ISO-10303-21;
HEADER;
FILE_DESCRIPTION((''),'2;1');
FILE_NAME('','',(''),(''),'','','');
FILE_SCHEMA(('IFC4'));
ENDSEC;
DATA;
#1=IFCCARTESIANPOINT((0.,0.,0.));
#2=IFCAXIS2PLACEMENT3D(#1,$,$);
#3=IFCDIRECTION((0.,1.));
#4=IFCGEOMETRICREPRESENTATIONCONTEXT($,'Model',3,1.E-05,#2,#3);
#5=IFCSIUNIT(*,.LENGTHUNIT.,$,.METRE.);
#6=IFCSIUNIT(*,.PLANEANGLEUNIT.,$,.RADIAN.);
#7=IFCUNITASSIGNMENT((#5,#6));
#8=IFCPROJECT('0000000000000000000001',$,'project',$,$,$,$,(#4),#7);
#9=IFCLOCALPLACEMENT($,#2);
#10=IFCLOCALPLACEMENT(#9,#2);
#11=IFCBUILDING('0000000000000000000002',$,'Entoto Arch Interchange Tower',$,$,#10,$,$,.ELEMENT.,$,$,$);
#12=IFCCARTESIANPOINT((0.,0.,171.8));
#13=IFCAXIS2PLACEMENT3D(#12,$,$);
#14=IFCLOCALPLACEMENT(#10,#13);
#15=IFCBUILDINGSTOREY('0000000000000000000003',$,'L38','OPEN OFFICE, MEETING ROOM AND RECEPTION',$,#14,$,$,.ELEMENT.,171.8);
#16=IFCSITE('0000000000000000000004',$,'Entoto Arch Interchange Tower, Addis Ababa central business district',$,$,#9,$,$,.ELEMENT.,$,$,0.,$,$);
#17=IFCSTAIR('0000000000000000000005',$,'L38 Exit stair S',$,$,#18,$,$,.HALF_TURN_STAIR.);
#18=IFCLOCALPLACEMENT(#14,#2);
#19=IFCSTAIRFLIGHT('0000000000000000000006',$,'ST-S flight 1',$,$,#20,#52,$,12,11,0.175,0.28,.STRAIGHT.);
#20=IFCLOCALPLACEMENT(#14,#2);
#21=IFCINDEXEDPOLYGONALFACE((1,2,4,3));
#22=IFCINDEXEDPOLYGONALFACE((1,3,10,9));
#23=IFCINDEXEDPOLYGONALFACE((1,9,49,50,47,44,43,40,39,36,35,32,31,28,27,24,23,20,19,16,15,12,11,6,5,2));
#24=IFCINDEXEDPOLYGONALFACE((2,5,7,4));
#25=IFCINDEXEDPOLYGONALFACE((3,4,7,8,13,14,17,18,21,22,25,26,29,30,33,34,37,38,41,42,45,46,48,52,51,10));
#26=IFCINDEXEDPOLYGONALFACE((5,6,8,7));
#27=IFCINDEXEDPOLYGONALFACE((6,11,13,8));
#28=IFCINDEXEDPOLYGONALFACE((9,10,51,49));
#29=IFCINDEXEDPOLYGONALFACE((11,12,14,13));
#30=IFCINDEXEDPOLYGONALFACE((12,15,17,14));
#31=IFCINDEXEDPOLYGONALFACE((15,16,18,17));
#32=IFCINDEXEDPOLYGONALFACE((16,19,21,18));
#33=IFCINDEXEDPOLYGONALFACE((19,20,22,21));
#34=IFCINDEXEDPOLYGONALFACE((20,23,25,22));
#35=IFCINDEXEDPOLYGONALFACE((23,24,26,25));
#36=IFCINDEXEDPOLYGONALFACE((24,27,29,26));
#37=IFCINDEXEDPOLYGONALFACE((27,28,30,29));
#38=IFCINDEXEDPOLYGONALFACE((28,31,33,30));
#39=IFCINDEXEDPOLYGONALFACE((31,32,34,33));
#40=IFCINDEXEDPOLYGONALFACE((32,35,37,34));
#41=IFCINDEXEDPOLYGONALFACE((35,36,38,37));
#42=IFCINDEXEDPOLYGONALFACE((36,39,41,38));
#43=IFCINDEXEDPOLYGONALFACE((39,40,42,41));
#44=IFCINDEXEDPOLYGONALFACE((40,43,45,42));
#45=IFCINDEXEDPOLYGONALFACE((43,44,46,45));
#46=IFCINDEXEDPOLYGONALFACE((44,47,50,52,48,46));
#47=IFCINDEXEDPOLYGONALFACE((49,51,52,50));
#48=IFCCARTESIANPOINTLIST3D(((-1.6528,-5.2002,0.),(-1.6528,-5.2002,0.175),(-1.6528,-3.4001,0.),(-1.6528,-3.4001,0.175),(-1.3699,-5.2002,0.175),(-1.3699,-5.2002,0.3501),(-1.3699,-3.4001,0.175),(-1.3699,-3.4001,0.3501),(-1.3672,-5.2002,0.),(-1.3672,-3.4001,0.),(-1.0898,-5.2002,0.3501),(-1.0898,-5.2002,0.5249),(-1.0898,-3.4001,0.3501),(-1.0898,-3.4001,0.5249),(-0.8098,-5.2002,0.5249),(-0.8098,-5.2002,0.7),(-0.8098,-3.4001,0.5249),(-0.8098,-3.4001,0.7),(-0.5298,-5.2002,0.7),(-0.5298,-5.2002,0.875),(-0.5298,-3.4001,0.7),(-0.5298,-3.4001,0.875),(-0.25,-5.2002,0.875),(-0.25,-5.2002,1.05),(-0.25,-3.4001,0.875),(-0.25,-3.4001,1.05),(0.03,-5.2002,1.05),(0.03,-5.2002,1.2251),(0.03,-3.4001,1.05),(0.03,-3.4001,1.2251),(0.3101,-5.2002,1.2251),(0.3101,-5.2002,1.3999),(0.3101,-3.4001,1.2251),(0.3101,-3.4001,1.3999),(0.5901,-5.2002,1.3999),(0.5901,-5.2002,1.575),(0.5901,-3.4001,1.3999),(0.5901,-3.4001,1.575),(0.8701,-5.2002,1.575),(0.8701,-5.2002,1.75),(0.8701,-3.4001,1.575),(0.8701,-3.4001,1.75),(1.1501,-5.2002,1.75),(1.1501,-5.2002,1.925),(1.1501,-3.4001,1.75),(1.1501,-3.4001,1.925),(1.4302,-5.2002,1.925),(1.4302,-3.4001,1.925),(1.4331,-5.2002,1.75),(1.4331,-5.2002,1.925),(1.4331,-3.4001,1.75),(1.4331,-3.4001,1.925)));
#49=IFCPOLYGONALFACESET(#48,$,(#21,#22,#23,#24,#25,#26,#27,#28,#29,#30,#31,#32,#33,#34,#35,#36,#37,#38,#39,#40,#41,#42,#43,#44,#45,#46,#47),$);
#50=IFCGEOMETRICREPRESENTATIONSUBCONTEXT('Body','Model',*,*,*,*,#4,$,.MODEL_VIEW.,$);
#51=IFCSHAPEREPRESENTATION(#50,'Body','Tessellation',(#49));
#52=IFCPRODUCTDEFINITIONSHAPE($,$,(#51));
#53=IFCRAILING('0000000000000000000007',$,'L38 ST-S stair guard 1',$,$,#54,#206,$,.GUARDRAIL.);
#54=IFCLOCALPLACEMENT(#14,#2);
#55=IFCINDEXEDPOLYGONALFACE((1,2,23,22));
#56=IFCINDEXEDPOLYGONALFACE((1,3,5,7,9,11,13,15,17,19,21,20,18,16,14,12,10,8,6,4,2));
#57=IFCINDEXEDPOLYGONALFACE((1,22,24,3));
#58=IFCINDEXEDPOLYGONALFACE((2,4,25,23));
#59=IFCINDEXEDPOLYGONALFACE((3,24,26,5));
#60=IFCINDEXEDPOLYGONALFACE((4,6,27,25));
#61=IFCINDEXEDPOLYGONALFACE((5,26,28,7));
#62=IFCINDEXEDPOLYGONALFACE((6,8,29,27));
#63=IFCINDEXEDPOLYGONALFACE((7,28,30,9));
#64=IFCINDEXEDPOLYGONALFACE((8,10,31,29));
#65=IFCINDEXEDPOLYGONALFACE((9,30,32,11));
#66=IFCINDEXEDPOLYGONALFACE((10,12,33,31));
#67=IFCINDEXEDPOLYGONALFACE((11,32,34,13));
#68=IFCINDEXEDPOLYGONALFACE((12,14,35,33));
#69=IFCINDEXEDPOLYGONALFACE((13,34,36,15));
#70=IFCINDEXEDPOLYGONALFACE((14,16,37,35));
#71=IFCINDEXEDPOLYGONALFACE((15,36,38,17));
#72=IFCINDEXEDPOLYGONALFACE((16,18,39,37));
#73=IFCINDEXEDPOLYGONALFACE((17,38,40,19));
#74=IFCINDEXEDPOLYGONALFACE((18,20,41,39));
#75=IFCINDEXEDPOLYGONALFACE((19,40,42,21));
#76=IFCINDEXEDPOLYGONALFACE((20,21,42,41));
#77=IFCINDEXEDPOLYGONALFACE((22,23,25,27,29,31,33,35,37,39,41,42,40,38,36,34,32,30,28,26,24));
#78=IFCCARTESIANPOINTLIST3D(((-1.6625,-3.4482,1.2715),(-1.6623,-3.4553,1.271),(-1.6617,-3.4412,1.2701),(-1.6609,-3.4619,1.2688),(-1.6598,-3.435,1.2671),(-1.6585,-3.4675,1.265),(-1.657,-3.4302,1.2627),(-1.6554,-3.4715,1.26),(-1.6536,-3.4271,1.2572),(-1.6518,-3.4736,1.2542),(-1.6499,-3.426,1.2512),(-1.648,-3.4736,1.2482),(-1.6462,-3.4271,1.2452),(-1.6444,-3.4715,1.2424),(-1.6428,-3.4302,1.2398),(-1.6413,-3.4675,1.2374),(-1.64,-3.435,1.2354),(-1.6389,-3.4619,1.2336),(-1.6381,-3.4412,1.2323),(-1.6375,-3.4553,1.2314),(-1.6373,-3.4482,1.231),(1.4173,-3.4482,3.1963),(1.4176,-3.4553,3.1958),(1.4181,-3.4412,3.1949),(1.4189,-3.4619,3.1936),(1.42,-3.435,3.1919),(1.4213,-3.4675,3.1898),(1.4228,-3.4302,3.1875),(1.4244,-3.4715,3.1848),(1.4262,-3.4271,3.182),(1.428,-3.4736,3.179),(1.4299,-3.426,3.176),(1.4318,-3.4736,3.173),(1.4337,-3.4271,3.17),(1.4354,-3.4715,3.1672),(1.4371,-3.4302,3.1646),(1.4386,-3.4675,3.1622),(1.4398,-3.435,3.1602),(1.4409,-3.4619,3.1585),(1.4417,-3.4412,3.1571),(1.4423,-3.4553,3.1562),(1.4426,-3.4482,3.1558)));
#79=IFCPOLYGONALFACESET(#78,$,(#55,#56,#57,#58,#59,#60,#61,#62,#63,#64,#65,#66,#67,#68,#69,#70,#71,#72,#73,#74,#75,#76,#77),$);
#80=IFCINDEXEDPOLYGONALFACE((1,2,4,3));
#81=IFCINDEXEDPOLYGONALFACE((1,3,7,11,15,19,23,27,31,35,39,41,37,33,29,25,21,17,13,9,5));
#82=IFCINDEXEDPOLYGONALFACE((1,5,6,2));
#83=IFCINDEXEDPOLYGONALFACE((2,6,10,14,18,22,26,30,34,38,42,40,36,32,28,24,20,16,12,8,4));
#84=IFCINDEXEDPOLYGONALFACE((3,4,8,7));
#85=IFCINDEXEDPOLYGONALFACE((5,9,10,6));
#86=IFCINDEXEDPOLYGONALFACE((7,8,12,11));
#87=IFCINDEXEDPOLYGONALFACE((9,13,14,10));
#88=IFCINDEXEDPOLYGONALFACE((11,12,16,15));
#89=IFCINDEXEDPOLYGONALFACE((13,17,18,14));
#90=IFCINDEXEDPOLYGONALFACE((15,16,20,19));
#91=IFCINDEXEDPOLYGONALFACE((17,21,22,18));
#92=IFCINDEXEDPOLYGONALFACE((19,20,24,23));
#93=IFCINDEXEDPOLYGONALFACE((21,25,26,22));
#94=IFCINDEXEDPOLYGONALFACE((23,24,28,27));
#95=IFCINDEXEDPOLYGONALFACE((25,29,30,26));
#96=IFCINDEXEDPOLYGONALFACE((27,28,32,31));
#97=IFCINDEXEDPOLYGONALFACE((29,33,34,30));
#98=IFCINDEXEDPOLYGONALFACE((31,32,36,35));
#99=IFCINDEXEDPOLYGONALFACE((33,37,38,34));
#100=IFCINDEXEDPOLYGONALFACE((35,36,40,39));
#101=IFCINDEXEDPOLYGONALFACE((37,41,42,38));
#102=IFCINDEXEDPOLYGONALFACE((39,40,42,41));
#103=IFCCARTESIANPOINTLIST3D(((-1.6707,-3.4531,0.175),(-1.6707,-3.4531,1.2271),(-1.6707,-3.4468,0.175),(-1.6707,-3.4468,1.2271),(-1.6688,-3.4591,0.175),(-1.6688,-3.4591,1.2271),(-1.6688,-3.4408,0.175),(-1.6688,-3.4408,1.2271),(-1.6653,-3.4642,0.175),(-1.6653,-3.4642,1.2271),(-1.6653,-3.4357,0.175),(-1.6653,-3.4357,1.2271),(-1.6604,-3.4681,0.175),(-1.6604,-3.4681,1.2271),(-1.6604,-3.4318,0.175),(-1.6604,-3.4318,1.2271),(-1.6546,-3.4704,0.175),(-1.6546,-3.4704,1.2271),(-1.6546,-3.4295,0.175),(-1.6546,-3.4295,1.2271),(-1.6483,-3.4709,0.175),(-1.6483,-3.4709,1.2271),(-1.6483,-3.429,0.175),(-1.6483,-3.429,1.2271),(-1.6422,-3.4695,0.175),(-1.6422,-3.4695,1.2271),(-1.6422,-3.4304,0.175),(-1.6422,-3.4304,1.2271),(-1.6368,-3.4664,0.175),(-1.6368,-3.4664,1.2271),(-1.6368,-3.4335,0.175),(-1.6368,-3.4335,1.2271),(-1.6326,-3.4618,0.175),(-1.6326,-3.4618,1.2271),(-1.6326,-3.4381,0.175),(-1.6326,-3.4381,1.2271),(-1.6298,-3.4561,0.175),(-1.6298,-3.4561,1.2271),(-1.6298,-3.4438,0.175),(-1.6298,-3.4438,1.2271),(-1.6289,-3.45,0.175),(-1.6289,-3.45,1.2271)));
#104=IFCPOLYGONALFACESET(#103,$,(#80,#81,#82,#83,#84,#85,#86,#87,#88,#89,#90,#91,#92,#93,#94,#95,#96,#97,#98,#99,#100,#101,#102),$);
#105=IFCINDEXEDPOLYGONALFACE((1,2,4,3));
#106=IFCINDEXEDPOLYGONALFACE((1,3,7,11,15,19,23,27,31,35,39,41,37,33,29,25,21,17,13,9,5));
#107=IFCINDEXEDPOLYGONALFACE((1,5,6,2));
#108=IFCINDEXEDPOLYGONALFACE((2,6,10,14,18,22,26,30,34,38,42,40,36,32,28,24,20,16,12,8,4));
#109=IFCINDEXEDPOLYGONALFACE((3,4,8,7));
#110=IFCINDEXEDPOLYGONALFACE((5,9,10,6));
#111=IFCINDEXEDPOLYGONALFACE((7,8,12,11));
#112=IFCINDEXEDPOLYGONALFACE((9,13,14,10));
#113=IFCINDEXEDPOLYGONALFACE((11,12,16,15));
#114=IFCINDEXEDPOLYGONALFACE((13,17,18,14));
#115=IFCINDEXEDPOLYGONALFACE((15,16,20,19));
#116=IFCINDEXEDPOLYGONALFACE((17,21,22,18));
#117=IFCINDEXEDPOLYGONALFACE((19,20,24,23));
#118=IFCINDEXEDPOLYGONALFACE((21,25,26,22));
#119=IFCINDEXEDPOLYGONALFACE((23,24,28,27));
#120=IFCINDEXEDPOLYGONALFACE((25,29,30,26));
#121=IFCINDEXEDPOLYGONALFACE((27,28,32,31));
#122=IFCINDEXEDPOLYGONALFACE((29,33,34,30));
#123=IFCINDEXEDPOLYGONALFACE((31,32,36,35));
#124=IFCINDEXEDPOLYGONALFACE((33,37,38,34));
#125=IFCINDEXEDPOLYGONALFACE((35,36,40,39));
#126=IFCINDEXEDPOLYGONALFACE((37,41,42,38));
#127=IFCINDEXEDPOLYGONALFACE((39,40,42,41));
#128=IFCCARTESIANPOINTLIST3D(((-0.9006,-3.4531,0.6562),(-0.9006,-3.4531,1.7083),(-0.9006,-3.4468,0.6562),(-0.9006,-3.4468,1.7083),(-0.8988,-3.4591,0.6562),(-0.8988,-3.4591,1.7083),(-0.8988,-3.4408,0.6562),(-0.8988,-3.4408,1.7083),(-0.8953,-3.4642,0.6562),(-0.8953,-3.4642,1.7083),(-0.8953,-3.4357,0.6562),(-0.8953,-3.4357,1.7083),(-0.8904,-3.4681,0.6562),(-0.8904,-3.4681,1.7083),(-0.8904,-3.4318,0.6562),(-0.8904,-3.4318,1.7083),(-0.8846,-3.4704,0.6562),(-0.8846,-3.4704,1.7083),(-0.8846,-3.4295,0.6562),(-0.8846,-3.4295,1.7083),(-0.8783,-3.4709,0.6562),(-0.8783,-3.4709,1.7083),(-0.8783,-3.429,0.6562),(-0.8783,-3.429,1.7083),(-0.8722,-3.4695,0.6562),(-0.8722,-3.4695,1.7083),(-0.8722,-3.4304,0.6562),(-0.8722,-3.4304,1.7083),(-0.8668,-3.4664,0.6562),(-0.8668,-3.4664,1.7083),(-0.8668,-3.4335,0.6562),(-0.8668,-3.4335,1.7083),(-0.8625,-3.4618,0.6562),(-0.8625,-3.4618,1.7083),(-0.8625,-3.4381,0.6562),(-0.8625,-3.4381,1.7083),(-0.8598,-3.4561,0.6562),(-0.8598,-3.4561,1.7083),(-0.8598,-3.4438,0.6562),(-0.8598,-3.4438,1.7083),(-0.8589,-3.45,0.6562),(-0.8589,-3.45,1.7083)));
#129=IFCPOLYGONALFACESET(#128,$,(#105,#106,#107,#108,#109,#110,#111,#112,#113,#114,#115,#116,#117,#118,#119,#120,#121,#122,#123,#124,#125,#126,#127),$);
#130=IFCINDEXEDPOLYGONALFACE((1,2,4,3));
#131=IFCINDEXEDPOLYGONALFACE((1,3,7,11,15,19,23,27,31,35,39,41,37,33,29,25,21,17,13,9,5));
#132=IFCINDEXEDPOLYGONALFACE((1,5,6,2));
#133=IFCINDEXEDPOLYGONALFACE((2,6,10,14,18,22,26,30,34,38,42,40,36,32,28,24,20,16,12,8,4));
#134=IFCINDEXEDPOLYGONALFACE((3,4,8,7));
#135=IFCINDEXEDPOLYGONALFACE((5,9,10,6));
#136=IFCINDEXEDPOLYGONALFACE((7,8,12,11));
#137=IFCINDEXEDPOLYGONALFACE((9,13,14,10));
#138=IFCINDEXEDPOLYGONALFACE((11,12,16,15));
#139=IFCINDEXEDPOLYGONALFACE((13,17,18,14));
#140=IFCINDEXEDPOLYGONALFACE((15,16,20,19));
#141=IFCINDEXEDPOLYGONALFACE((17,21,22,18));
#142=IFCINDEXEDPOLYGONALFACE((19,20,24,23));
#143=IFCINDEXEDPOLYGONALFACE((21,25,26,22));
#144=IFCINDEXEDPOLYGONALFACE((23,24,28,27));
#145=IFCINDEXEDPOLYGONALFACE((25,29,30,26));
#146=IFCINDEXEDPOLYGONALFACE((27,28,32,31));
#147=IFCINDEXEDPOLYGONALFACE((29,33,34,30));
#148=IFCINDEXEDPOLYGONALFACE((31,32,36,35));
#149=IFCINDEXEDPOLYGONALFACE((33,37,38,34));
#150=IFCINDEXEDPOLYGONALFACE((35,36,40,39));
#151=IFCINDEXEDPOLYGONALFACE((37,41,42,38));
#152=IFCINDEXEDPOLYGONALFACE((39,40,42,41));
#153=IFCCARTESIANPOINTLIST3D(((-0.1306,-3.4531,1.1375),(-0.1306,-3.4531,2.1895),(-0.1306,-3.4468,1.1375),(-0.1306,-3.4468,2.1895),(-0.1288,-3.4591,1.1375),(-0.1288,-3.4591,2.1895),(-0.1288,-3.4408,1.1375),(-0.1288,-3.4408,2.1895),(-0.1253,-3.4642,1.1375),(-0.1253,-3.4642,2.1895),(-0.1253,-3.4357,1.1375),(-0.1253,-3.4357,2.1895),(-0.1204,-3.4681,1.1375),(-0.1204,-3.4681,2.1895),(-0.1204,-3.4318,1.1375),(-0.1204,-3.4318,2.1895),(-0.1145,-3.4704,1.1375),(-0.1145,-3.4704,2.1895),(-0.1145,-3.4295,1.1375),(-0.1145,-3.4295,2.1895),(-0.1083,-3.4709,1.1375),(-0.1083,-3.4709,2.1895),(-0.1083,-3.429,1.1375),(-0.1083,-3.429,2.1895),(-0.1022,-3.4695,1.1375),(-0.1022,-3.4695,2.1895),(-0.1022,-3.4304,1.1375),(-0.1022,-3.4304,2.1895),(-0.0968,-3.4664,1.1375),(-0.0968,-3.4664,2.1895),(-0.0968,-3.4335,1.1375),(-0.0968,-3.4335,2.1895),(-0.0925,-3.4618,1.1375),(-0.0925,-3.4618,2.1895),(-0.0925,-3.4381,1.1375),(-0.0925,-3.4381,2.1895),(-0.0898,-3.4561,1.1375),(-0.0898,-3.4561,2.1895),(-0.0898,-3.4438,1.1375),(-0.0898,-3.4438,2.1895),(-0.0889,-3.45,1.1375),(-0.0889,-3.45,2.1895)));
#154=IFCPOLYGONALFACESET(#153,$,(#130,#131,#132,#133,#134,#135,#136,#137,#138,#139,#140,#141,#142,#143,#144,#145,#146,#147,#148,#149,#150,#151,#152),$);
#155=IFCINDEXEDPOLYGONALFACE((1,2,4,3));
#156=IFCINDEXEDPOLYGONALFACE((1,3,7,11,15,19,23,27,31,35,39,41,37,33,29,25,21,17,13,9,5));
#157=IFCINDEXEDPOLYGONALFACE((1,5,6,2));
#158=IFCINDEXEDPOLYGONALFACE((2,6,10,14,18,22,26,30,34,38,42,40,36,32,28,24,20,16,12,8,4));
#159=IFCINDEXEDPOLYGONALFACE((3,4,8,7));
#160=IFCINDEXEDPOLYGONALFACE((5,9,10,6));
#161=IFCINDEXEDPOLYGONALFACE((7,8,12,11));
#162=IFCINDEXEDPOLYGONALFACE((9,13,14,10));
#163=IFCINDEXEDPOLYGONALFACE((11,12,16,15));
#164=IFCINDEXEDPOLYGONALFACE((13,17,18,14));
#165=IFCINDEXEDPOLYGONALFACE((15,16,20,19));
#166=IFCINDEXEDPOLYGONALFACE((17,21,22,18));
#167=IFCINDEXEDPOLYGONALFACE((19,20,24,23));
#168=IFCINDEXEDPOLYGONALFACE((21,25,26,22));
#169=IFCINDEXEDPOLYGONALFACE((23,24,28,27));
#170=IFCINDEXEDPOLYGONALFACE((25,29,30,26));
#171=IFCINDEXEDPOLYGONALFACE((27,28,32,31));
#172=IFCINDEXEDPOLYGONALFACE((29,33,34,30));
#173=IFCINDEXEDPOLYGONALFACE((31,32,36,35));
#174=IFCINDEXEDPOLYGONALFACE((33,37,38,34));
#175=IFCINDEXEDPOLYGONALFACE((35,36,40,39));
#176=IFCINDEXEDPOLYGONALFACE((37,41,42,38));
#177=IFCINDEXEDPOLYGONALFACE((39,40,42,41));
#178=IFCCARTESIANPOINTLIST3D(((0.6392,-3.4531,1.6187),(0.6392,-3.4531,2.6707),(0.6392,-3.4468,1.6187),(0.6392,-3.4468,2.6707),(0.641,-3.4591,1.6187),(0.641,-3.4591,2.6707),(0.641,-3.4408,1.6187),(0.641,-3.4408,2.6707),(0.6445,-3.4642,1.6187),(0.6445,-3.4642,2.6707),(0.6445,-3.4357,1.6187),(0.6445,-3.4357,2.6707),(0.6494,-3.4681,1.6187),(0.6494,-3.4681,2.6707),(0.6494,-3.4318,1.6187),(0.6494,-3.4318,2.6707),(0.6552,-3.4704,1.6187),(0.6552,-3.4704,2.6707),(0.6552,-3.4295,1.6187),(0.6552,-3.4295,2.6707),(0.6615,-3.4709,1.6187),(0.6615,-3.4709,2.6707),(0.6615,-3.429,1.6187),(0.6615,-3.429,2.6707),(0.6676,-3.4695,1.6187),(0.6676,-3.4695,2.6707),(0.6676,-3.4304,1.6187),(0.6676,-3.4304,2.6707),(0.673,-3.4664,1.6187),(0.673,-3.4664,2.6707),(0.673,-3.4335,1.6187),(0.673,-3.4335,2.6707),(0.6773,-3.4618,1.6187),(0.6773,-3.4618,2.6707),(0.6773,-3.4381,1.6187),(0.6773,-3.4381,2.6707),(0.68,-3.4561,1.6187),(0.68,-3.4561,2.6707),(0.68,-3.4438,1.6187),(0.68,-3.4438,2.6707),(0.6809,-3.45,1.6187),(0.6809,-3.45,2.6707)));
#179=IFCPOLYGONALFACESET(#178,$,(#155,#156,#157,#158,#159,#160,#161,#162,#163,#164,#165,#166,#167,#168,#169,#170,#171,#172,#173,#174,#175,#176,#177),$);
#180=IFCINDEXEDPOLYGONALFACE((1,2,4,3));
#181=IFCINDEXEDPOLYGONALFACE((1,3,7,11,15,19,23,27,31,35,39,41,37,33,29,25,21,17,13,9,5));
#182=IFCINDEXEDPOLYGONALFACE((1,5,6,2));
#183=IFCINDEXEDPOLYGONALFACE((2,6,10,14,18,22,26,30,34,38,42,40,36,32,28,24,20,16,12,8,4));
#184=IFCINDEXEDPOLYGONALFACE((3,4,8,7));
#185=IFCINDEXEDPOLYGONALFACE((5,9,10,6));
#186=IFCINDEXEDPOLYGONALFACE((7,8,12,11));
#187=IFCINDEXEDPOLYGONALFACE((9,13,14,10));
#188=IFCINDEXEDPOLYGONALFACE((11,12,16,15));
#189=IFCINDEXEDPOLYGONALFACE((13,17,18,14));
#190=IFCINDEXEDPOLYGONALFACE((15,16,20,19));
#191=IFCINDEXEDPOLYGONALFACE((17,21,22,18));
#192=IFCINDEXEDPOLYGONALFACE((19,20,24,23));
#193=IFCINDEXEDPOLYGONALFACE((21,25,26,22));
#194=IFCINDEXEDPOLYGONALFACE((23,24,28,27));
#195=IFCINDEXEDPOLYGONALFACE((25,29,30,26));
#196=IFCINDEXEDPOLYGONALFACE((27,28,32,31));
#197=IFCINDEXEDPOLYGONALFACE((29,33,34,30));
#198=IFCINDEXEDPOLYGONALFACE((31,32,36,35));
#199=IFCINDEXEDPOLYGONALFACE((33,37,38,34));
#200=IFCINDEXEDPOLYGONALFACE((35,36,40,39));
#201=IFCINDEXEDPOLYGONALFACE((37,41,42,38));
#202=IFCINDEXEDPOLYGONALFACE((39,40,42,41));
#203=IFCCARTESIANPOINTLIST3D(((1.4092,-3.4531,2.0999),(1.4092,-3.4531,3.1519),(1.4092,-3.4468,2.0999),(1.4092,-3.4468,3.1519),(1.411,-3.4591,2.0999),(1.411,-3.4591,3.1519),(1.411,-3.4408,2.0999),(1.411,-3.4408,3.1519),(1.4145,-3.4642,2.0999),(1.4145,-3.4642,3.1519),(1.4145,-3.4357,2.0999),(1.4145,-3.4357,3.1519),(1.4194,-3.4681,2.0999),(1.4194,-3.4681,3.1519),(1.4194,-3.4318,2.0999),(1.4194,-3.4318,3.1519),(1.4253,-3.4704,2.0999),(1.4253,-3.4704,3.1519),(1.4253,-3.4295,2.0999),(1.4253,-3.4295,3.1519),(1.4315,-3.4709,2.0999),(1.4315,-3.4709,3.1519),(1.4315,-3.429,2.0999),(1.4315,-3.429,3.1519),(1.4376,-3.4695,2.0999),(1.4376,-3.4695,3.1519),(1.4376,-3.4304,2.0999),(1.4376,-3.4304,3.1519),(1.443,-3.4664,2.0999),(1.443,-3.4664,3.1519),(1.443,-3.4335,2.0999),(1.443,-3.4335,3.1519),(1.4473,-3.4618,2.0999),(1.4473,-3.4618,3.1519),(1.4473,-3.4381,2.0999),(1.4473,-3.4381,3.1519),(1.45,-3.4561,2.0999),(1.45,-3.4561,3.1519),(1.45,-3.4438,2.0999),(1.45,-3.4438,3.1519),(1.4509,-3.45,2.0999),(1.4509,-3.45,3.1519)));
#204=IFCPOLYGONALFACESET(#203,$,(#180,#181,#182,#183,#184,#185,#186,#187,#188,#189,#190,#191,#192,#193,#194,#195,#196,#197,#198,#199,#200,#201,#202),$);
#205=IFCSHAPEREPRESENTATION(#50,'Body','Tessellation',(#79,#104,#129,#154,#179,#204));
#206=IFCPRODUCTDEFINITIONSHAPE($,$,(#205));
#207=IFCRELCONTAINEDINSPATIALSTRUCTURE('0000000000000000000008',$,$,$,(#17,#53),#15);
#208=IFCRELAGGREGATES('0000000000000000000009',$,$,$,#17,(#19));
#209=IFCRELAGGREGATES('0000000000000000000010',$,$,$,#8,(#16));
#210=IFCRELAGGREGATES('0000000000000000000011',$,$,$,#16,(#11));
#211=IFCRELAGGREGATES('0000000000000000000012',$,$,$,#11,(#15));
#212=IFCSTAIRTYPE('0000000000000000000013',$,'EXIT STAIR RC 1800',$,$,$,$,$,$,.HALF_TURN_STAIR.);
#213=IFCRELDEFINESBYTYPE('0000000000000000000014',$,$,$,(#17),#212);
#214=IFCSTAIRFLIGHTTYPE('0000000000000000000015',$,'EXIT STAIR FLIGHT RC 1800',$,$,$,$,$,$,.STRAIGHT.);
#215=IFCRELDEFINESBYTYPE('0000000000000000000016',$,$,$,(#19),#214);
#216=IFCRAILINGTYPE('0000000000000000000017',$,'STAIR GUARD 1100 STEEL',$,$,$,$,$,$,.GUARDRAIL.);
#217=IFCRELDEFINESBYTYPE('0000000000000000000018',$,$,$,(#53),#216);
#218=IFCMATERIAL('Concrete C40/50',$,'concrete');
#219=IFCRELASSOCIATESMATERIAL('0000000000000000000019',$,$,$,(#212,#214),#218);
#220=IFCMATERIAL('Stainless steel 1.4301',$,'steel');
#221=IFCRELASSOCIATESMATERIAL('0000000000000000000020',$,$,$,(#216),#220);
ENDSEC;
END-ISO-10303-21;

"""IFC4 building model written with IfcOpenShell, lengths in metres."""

from ifc_helpers import new_model, si_unit, direction, frame, origin, origin_2d, place, context, subcontext, project, spatial, polyline, circle, outline, extrude, material, type_object, element, aggregate, save


model = new_model("IFC4")

# Units and contexts
model_context = context("Model", 3, precision=1e-05, world=origin(), true_north=direction((0.0, 1.0)))
body_context = subcontext(model_context, "Body", "Model", "MODEL_VIEW")
ifc_project = project(units=[si_unit("LENGTHUNIT", "METRE"), si_unit("PLANEANGLEUNIT", "RADIAN")], contexts=[model_context])

# Site, building, storey
site_placement = place(None, origin())
site = spatial("IfcSite", under=ifc_project, at=site_placement, Name="Entoto Arch Interchange Tower, Addis Ababa central business district", CompositionType="ELEMENT", RefElevation=0.0)
building_placement = place(site_placement, origin())
building = spatial("IfcBuilding", under=site, at=building_placement, Name="Entoto Arch Interchange Tower", CompositionType="ELEMENT")
storey_placement = place(building_placement, frame((0.0, 0.0, 171.8)))
storey = spatial("IfcBuildingStorey", under=building, at=storey_placement, Name="L38", Description="OPEN OFFICE, MEETING ROOM AND RECEPTION", CompositionType="ELEMENT", Elevation=171.8)

# Shared definitions
ifc_material_1 = material(Name="Concrete C40/50", Category="concrete")

# Stair, stair flight
stair_type = type_object("IfcStairType", Name="EXIT STAIR RC 1800", PredefinedType="HALF_TURN_STAIR", material=ifc_material_1)
stair_placement = place(storey_placement, origin())
stair = element("IfcStair", 1, at=stair_placement, inside=storey, type_object=stair_type, Name="L38 Exit stair S", PredefinedType="HALF_TURN_STAIR")
stair_flight_type = type_object("IfcStairFlightType", Name="EXIT STAIR FLIGHT RC 1800", PredefinedType="STRAIGHT", material=ifc_material_1)
stair_flight_placement = place(storey_placement, frame((-1.6499, -4.3, 0.0), z_axis=(0.0, 0.0, 1.0), x_axis=(1.0, 0.0, 0.0)))
stair_flight = element("IfcStairFlight", 2, at=stair_flight_placement, type_object=stair_flight_type, Name="ST-S flight 1", NumberOfRisers=12, NumberOfTreads=11, PredefinedType="STRAIGHT", RiserHeight=0.175, TreadLength=0.28, context=body_context, shape_type="SweptSolid", body=[
    extrude(outline(polyline([(-0.0029, 0.0), (-0.0029, 0.175), (0.28, 0.175), (0.28, 0.3501), (0.5601, 0.3501), (0.5601, 0.5249), (0.8401, 0.5249), (0.8401, 0.7), (1.1201, 0.7), (1.1201, 0.875), (1.3999, 0.875), (1.3999, 1.05), (1.6799, 1.05), (1.6799, 1.2251), (1.96, 1.2251), (1.96, 1.3999), (2.24, 1.3999), (2.24, 1.575), (2.52, 1.575), (2.52, 1.75), (2.8, 1.75), (2.8, 1.925), (3.0801, 1.925), (3.083, 1.925), (3.083, 1.75), (0.2827, 0.0), (-0.0029, 0.0)])), frame((0.0, 0.8999, 0.0), z_axis=(0.0, -1.0, 0.0), x_axis=(1.0, 0.0, 0.0)), (0.0, 0.0, 1.0), 1.8),
])
aggregate(stair, [stair_flight])

# Railing
ifc_material_2 = material(Name="Stainless steel 1.4301", Category="steel")
railing_type_1 = type_object("IfcRailingType", Name="STAIR GUARD 1100 STEEL", PredefinedType="GUARDRAIL", material=ifc_material_2)
railing_1_placement = place(storey_placement, frame((-1.6499, -3.45, 0.175)))
element("IfcRailing", 3, at=railing_1_placement, inside=storey, type_object=railing_type_1, Name="L38 ST-S stair guard 1", PredefinedType="GUARDRAIL", context=body_context, shape_type="SweptSolid", body=[
    extrude(circle(Radius=0.0239, at=origin_2d()), frame((0.0, 0.0, 1.0762), z_axis=(0.84801, 0.0, 0.529981), x_axis=(0.0, 1.0, 0.0)), (0.0, 0.0, 1.0), 3.6318),
    extrude(circle(Radius=0.021, at=origin_2d()), origin(), (0.0, 0.0, 1.0), 1.052),
    extrude(circle(Radius=0.021, at=origin_2d()), frame((0.77, 0.0, 0.4812)), (0.0, 0.0, 1.0), 1.052),
    extrude(circle(Radius=0.021, at=origin_2d()), frame((1.54, 0.0, 0.9624)), (0.0, 0.0, 1.0), 1.052),
    extrude(circle(Radius=0.021, at=origin_2d()), frame((2.3098, 0.0, 1.4436)), (0.0, 0.0, 1.0), 1.052),
    extrude(circle(Radius=0.021, at=origin_2d()), frame((3.0798, 0.0, 1.9248)), (0.0, 0.0, 1.0), 1.052),
])

save(model, "model.ifc")
